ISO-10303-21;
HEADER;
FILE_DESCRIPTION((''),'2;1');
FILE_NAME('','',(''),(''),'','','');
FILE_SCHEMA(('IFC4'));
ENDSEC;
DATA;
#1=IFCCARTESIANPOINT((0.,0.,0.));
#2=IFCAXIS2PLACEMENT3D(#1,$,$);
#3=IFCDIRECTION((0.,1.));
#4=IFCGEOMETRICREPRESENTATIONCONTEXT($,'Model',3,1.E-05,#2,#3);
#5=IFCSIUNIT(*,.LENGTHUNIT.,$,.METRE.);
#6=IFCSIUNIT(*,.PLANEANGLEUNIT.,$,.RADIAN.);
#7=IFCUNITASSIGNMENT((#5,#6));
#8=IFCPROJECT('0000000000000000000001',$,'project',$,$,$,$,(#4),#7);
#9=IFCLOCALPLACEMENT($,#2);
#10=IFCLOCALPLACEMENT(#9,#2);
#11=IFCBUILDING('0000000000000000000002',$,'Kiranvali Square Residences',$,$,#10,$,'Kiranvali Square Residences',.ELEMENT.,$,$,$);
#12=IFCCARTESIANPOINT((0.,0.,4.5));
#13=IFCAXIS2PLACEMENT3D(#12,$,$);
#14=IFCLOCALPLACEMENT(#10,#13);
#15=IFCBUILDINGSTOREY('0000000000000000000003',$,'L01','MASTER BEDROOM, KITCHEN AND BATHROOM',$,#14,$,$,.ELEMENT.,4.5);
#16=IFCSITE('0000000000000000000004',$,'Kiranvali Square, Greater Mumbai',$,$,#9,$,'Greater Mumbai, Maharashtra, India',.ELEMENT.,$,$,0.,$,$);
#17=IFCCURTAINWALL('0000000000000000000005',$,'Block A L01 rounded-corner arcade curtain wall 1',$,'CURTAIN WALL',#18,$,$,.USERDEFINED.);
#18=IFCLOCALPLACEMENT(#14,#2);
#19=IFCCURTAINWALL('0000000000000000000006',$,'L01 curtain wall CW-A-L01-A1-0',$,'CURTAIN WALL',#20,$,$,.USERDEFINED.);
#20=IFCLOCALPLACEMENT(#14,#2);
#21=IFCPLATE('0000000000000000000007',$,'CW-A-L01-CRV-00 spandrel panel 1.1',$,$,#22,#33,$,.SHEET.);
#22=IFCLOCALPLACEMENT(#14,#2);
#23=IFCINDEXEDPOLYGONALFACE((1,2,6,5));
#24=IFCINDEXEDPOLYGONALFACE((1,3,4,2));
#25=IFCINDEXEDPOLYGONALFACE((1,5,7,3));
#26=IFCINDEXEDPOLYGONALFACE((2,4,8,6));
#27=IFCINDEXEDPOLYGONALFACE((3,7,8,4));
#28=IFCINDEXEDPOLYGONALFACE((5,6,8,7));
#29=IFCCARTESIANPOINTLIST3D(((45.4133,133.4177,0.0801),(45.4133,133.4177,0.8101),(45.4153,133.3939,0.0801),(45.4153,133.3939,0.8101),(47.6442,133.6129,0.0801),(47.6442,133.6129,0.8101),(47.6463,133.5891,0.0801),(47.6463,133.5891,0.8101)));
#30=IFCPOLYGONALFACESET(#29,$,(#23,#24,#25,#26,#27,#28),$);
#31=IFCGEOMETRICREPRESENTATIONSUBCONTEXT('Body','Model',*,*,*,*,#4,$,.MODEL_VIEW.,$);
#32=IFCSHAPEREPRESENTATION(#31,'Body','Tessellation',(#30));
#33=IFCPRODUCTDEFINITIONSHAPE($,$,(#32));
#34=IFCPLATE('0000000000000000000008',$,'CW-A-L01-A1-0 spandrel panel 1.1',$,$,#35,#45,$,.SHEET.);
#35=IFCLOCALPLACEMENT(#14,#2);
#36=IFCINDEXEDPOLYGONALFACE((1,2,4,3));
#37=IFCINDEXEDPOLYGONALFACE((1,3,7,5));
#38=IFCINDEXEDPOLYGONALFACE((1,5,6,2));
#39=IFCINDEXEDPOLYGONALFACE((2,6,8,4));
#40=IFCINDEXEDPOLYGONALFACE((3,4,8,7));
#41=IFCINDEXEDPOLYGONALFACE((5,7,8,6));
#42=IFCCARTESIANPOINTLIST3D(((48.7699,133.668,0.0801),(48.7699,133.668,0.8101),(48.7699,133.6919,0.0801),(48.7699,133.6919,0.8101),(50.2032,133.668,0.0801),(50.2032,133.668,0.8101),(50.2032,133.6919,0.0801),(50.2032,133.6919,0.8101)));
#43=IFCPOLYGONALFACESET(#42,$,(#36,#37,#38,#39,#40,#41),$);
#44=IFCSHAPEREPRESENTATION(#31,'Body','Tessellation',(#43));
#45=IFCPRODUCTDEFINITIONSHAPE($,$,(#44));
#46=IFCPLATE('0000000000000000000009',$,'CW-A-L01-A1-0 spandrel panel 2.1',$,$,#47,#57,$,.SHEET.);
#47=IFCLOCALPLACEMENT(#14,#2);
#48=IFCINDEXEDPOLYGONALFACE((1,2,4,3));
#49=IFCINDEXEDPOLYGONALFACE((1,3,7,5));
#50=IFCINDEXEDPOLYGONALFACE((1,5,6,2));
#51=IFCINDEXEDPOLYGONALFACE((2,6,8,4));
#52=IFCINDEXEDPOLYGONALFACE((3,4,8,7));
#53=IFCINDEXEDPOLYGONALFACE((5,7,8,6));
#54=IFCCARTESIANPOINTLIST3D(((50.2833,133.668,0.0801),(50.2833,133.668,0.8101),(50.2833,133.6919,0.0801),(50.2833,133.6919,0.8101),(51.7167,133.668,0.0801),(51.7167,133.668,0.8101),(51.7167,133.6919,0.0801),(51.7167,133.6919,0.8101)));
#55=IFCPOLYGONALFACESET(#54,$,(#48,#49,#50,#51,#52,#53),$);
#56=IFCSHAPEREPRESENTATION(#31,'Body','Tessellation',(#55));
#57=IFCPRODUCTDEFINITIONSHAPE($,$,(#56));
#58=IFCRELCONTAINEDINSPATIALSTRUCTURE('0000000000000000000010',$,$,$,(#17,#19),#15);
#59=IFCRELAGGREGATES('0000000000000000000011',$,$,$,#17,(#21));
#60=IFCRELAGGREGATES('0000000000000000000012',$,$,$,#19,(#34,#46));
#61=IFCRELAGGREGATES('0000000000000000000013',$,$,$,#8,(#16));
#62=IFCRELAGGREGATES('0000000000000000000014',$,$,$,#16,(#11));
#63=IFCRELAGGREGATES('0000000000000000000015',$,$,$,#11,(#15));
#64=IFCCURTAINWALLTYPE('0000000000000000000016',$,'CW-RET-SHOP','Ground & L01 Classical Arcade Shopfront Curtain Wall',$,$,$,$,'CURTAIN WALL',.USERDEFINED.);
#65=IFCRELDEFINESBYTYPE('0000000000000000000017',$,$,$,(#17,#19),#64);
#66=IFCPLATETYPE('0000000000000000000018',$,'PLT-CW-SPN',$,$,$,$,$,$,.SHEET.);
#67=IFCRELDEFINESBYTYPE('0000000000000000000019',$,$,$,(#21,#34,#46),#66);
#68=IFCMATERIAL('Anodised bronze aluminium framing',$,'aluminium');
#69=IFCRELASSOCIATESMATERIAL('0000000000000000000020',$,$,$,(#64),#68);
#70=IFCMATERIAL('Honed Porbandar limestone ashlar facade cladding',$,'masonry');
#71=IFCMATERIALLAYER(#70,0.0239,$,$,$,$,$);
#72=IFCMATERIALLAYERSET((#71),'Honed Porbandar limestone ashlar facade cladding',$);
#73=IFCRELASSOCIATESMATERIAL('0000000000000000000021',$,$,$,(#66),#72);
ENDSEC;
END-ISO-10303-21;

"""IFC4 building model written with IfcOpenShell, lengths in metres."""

from ifc_helpers import new_model, si_unit, direction, frame, origin, origin_2d, place, context, subcontext, project, spatial, rectangle, extrude, material, layer, layer_set, type_object, element, aggregate, save


model = new_model("IFC4")

# Units and contexts
model_context = context("Model", 3, precision=1e-05, world=origin(), true_north=direction((0.0, 1.0)))
body_context = subcontext(model_context, "Body", "Model", "MODEL_VIEW")
ifc_project = project(units=[si_unit("LENGTHUNIT", "METRE"), si_unit("PLANEANGLEUNIT", "RADIAN")], contexts=[model_context])

# Site, building, storey
site_placement = place(None, origin())
site = spatial("IfcSite", under=ifc_project, at=site_placement, Name="Kiranvali Square, Greater Mumbai", LongName="Greater Mumbai, Maharashtra, India", CompositionType="ELEMENT", RefElevation=0.0)
building_placement = place(site_placement, origin())
building = spatial("IfcBuilding", under=site, at=building_placement, Name="Kiranvali Square Residences", LongName="Kiranvali Square Residences", CompositionType="ELEMENT")
storey_placement = place(building_placement, frame((0.0, 0.0, 4.5)))
storey = spatial("IfcBuildingStorey", under=building, at=storey_placement, Name="L01", Description="MASTER BEDROOM, KITCHEN AND BATHROOM", CompositionType="ELEMENT", Elevation=4.5)

# Curtain walls
ifc_material_1 = material(Name="Anodised bronze aluminium framing", Category="aluminium")
curtain_wall_type = type_object("IfcCurtainWallType", Name="CW-RET-SHOP", Description="Ground & L01 Classical Arcade Shopfront Curtain Wall", ElementType="CURTAIN WALL", PredefinedType="USERDEFINED", material=ifc_material_1)
curtain_wall_1_placement = place(storey_placement, origin())
curtain_wall_1 = element("IfcCurtainWall", 1, at=curtain_wall_1_placement, inside=storey, type_object=curtain_wall_type, Name="Block A L01 rounded-corner arcade curtain wall 1", ObjectType="CURTAIN WALL", PredefinedType="USERDEFINED")
curtain_wall_2_placement = place(storey_placement, origin())
curtain_wall_2 = element("IfcCurtainWall", 2, at=curtain_wall_2_placement, inside=storey, type_object=curtain_wall_type, Name="L01 curtain wall CW-A-L01-A1-0", ObjectType="CURTAIN WALL", PredefinedType="USERDEFINED")

# Plates
ifc_material_2 = material(Name="Honed Porbandar limestone ashlar facade cladding", Category="masonry")
ifc_layer_1 = layer(ifc_material_2, 0.0239)
ifc_layer_set_1 = layer_set([ifc_layer_1], Name="Honed Porbandar limestone ashlar facade cladding")
plate_type_1 = type_object("IfcPlateType", Name="PLT-CW-SPN", PredefinedType="SHEET", material=ifc_layer_set_1)
plate_1_placement = place(storey_placement, frame((46.5298, 133.5034, 0.0801), z_axis=(0.0, 0.0, 1.0), x_axis=(-0.996195, -0.087156, 0.0)))
plate_1 = element("IfcPlate", 3, at=plate_1_placement, type_object=plate_type_1, Name="CW-A-L01-CRV-00 spandrel panel 1.1", PredefinedType="SHEET", context=body_context, shape_type="SweptSolid", body=[
    extrude(rectangle(XDim=2.2395, YDim=0.0239, at=origin_2d()), origin(), (0.0, 0.0, 1.0), 0.73),
])
aggregate(curtain_wall_1, [plate_1])
plate_2_placement = place(storey_placement, frame((49.4866, 133.6799, 0.0801), z_axis=(0.0, 0.0, 1.0), x_axis=(1.0, 0.0, 0.0)))
plate_2 = element("IfcPlate", 4, at=plate_2_placement, type_object=plate_type_1, Name="CW-A-L01-A1-0 spandrel panel 1.1", PredefinedType="SHEET", context=body_context, shape_type="SweptSolid", body=[
    extrude(rectangle(XDim=1.4333, YDim=0.0239, at=origin_2d()), origin(), (0.0, 0.0, 1.0), 0.73),
])
plate_3_placement = place(storey_placement, frame((51.0, 133.6799, 0.0801), z_axis=(0.0, 0.0, 1.0), x_axis=(1.0, 0.0, 0.0)))
plate_3 = element("IfcPlate", 5, at=plate_3_placement, type_object=plate_type_1, Name="CW-A-L01-A1-0 spandrel panel 2.1", PredefinedType="SHEET", context=body_context, shape_type="SweptSolid", body=[
    extrude(rectangle(XDim=1.4333, YDim=0.0239, at=origin_2d()), origin(), (0.0, 0.0, 1.0), 0.73),
])
aggregate(curtain_wall_2, [plate_2, plate_3])

save(model, "model.ifc")
